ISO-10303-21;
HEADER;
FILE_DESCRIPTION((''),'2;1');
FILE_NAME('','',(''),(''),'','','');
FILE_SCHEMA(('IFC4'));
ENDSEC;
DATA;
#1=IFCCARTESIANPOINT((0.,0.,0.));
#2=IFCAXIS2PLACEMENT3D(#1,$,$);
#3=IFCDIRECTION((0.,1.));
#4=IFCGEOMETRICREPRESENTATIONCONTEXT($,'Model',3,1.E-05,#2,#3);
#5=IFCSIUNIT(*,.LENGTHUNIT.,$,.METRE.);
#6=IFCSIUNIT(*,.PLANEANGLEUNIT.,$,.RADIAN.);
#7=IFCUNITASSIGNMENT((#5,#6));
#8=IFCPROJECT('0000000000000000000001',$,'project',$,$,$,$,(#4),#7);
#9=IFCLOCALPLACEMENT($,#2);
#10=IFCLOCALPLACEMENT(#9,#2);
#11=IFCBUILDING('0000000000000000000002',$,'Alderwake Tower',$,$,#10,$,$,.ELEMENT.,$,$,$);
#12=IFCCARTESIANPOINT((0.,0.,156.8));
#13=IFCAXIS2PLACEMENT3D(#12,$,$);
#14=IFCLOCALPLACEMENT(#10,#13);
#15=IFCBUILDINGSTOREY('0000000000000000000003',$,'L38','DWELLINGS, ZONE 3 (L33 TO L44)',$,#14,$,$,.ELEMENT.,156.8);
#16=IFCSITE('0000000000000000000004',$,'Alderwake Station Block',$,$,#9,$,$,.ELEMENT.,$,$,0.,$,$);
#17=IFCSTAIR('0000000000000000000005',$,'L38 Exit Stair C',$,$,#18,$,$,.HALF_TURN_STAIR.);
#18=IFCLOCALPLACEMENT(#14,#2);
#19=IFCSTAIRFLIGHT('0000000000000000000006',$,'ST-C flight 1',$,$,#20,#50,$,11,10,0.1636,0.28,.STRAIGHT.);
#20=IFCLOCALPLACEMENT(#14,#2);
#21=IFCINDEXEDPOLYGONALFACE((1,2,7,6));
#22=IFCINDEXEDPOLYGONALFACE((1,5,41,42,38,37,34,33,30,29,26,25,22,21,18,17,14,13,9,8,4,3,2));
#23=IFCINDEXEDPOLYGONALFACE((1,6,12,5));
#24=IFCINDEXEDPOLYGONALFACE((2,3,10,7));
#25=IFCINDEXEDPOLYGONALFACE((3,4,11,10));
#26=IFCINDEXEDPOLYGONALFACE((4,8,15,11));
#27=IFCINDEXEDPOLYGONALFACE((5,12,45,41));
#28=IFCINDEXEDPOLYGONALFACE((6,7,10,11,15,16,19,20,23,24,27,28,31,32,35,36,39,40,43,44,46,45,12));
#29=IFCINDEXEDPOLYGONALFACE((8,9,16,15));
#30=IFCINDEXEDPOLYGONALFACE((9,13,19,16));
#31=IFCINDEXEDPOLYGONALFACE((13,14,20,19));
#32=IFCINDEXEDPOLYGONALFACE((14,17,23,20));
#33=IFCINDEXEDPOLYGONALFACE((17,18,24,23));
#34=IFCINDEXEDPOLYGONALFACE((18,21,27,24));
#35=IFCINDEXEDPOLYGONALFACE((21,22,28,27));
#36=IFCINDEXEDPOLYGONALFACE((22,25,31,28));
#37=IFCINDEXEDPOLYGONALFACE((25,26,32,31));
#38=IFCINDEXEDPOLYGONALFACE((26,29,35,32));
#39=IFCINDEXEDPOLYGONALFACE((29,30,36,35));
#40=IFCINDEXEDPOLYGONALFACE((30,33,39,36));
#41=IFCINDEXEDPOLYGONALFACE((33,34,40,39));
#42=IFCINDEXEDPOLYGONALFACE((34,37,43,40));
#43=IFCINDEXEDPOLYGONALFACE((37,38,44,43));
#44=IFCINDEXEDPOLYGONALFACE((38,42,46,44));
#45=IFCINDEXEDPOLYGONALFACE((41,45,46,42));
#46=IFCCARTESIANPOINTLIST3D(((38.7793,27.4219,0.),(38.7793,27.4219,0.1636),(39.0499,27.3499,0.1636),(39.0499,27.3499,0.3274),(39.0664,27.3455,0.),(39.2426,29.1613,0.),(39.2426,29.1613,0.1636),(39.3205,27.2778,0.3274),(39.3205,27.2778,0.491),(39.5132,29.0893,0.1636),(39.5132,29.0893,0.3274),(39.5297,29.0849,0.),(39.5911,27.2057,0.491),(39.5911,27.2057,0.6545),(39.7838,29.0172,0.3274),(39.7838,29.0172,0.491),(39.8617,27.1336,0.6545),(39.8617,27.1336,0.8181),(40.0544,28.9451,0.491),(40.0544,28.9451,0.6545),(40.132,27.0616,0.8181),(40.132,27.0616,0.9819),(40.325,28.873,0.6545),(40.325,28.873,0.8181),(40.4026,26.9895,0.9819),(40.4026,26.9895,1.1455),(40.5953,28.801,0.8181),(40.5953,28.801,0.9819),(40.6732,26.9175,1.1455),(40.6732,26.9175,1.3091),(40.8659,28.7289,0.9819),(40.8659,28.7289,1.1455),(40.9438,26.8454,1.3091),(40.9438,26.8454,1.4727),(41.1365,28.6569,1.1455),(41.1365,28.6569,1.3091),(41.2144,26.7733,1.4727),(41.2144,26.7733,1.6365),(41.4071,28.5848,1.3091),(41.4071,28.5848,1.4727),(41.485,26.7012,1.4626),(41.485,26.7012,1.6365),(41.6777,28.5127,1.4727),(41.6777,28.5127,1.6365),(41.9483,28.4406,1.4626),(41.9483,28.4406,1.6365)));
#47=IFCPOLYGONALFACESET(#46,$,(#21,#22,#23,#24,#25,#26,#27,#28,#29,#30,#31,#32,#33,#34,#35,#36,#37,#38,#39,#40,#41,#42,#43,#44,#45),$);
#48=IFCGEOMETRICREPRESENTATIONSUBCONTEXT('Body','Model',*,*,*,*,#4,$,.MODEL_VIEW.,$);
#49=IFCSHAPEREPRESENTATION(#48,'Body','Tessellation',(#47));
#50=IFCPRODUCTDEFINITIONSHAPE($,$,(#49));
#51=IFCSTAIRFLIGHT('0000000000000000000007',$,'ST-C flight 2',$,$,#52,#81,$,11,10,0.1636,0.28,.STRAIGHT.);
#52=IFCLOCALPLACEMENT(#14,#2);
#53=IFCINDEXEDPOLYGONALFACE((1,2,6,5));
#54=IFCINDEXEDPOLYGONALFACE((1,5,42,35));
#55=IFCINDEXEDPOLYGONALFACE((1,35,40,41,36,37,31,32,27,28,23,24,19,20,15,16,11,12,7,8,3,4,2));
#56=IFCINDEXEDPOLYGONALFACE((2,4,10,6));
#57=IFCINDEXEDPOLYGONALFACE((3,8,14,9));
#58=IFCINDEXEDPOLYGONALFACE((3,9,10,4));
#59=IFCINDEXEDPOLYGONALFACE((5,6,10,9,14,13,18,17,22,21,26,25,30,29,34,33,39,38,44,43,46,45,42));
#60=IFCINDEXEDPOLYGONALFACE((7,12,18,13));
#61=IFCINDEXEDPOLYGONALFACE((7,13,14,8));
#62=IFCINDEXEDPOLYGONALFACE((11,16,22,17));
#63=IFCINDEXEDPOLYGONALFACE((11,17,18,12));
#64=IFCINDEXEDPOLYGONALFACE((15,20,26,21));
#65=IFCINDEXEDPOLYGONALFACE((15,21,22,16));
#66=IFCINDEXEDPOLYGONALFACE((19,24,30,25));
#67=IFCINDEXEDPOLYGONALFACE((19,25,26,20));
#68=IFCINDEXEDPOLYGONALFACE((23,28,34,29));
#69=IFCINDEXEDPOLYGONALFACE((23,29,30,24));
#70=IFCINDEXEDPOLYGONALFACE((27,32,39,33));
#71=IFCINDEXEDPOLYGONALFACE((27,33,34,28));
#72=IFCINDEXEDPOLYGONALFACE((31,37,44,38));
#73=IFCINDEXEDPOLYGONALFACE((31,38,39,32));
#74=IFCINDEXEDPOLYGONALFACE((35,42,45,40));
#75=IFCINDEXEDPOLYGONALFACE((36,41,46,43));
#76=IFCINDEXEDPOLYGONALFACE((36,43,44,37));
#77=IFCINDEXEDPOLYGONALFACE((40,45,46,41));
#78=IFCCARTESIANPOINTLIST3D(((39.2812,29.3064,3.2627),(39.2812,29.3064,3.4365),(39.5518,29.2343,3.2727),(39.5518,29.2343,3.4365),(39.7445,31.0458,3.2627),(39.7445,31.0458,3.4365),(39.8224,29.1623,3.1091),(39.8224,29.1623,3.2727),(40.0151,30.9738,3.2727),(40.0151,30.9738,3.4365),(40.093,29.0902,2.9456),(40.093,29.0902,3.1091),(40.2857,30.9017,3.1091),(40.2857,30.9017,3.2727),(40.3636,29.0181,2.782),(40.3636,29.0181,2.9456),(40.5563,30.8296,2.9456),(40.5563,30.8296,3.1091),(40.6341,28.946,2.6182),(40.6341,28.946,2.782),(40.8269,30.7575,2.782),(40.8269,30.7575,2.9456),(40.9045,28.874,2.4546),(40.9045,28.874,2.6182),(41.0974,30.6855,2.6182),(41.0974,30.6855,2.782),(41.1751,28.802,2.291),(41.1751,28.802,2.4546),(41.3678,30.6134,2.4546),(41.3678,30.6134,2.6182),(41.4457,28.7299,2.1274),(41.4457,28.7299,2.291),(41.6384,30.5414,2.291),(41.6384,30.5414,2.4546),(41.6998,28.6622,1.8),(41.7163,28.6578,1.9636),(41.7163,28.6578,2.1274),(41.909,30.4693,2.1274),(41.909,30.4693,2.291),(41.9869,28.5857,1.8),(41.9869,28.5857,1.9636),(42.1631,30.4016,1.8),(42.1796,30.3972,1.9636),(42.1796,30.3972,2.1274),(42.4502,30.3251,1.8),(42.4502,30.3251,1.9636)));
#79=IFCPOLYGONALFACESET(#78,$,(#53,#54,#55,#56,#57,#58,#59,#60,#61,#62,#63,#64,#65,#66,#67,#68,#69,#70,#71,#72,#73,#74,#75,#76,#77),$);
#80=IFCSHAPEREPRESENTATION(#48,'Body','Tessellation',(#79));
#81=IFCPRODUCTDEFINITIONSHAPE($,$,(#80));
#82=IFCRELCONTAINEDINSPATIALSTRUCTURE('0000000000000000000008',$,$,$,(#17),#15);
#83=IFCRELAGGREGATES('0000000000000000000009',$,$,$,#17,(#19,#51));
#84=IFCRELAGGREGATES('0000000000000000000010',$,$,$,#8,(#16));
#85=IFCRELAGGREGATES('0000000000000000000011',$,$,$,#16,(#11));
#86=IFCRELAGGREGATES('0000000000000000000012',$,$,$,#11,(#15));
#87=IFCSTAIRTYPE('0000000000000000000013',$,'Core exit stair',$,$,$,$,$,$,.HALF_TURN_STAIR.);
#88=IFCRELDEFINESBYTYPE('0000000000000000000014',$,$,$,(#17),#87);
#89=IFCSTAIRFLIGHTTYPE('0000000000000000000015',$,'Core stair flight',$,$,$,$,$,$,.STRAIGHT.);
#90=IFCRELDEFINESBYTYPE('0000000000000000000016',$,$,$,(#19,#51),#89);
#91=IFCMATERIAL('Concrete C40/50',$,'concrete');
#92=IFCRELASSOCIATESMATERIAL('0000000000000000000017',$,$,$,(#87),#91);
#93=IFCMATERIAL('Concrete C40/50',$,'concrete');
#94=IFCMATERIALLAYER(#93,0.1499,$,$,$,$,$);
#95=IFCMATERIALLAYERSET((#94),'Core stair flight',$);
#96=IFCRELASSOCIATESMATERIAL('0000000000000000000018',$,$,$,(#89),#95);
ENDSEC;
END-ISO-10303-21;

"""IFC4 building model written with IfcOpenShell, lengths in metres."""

from ifc_helpers import new_model, si_unit, direction, frame, origin, place, context, subcontext, project, spatial, polyline, outline, extrude, material, layer, layer_set, type_object, element, aggregate, save


model = new_model("IFC4")

# Units and contexts
model_context = context("Model", 3, precision=1e-05, world=origin(), true_north=direction((0.0, 1.0)))
body_context = subcontext(model_context, "Body", "Model", "MODEL_VIEW")
ifc_project = project(units=[si_unit("LENGTHUNIT", "METRE"), si_unit("PLANEANGLEUNIT", "RADIAN")], contexts=[model_context])

# Site, building, storey
site_placement = place(None, origin())
site = spatial("IfcSite", under=ifc_project, at=site_placement, Name="Alderwake Station Block", CompositionType="ELEMENT", RefElevation=0.0)
building_placement = place(site_placement, origin())
building = spatial("IfcBuilding", under=site, at=building_placement, Name="Alderwake Tower", CompositionType="ELEMENT")
storey_placement = place(building_placement, frame((0.0, 0.0, 156.8)))
storey = spatial("IfcBuildingStorey", under=building, at=storey_placement, Name="L38", Description="DWELLINGS, ZONE 3 (L33 TO L44)", CompositionType="ELEMENT", Elevation=156.8)

# Stair, stair flights
ifc_material_1 = material(Name="Concrete C40/50", Category="concrete")
stair_type = type_object("IfcStairType", Name="Core exit stair", PredefinedType="HALF_TURN_STAIR", material=ifc_material_1)
stair_placement = place(storey_placement, origin())
stair = element("IfcStair", 1, at=stair_placement, inside=storey, type_object=stair_type, Name="L38 Exit Stair C", PredefinedType="HALF_TURN_STAIR")
ifc_material_2 = material(Name="Concrete C40/50", Category="concrete")
ifc_layer_1 = layer(ifc_material_2, 0.1499)
ifc_layer_set_1 = layer_set([ifc_layer_1], Name="Core stair flight")
stair_flight_type = type_object("IfcStairFlightType", Name="Core stair flight", PredefinedType="STRAIGHT", material=ifc_layer_set_1)
stair_flight_1_placement = place(storey_placement, frame((39.011, 28.2917, 0.0), z_axis=(0.0, 0.0, 1.0), x_axis=(0.96631, -0.257382, 0.0)))
stair_flight_1 = element("IfcStairFlight", 2, at=stair_flight_1_placement, type_object=stair_flight_type, Name="ST-C flight 1", NumberOfRisers=11, NumberOfTreads=10, PredefinedType="STRAIGHT", RiserHeight=0.1636, TreadLength=0.28, context=body_context, shape_type="SweptSolid", body=[
    extrude(outline(polyline([(0.0, 0.0), (0.0, 0.1636), (0.28, 0.1636), (0.28, 0.3274), (0.5601, 0.3274), (0.5601, 0.491), (0.8401, 0.491), (0.8401, 0.6545), (1.1201, 0.6545), (1.1201, 0.8181), (1.3999, 0.8181), (1.3999, 0.9819), (1.6799, 0.9819), (1.6799, 1.1455), (1.96, 1.1455), (1.96, 1.3091), (2.24, 1.3091), (2.24, 1.4727), (2.52, 1.4727), (2.52, 1.6365), (2.8, 1.6365), (2.8, 1.8), (2.8, 1.4626), (0.2971, 0.0), (0.0, 0.0)])), frame((0.0, 0.8999, 0.0), z_axis=(0.0, -1.0, 0.0), x_axis=(1.0, 0.0, 0.0)), (0.0, 0.0, 1.0), 1.8),
])
stair_flight_2_placement = place(storey_placement, frame((42.2185, 29.4553, 1.8), z_axis=(0.0, 0.0, 1.0), x_axis=(-0.96631, 0.257382, 0.0)))
stair_flight_2 = element("IfcStairFlight", 3, at=stair_flight_2_placement, type_object=stair_flight_type, Name="ST-C flight 2", NumberOfRisers=11, NumberOfTreads=10, PredefinedType="STRAIGHT", RiserHeight=0.1636, TreadLength=0.28, context=body_context, shape_type="SweptSolid", body=[
    extrude(outline(polyline([(0.0, 0.0), (0.0, 0.1636), (0.28, 0.1636), (0.28, 0.3274), (0.5601, 0.3274), (0.5601, 0.491), (0.8401, 0.491), (0.8401, 0.6545), (1.1201, 0.6545), (1.1201, 0.8181), (1.3999, 0.8181), (1.3999, 0.9819), (1.6799, 0.9819), (1.6799, 1.1455), (1.96, 1.1455), (1.96, 1.3091), (2.24, 1.3091), (2.24, 1.4727), (2.52, 1.4727), (2.52, 1.6365), (2.8, 1.6365), (2.8, 1.8), (2.8, 1.4626), (0.2971, 0.0), (0.0, 0.0)])), frame((0.0, 0.8999, 0.0), z_axis=(0.0, -1.0, 0.0), x_axis=(1.0, 0.0, 0.0)), (0.0, 0.0, 1.0), 1.8),
])
aggregate(stair, [stair_flight_1, stair_flight_2])

save(model, "model.ifc")
